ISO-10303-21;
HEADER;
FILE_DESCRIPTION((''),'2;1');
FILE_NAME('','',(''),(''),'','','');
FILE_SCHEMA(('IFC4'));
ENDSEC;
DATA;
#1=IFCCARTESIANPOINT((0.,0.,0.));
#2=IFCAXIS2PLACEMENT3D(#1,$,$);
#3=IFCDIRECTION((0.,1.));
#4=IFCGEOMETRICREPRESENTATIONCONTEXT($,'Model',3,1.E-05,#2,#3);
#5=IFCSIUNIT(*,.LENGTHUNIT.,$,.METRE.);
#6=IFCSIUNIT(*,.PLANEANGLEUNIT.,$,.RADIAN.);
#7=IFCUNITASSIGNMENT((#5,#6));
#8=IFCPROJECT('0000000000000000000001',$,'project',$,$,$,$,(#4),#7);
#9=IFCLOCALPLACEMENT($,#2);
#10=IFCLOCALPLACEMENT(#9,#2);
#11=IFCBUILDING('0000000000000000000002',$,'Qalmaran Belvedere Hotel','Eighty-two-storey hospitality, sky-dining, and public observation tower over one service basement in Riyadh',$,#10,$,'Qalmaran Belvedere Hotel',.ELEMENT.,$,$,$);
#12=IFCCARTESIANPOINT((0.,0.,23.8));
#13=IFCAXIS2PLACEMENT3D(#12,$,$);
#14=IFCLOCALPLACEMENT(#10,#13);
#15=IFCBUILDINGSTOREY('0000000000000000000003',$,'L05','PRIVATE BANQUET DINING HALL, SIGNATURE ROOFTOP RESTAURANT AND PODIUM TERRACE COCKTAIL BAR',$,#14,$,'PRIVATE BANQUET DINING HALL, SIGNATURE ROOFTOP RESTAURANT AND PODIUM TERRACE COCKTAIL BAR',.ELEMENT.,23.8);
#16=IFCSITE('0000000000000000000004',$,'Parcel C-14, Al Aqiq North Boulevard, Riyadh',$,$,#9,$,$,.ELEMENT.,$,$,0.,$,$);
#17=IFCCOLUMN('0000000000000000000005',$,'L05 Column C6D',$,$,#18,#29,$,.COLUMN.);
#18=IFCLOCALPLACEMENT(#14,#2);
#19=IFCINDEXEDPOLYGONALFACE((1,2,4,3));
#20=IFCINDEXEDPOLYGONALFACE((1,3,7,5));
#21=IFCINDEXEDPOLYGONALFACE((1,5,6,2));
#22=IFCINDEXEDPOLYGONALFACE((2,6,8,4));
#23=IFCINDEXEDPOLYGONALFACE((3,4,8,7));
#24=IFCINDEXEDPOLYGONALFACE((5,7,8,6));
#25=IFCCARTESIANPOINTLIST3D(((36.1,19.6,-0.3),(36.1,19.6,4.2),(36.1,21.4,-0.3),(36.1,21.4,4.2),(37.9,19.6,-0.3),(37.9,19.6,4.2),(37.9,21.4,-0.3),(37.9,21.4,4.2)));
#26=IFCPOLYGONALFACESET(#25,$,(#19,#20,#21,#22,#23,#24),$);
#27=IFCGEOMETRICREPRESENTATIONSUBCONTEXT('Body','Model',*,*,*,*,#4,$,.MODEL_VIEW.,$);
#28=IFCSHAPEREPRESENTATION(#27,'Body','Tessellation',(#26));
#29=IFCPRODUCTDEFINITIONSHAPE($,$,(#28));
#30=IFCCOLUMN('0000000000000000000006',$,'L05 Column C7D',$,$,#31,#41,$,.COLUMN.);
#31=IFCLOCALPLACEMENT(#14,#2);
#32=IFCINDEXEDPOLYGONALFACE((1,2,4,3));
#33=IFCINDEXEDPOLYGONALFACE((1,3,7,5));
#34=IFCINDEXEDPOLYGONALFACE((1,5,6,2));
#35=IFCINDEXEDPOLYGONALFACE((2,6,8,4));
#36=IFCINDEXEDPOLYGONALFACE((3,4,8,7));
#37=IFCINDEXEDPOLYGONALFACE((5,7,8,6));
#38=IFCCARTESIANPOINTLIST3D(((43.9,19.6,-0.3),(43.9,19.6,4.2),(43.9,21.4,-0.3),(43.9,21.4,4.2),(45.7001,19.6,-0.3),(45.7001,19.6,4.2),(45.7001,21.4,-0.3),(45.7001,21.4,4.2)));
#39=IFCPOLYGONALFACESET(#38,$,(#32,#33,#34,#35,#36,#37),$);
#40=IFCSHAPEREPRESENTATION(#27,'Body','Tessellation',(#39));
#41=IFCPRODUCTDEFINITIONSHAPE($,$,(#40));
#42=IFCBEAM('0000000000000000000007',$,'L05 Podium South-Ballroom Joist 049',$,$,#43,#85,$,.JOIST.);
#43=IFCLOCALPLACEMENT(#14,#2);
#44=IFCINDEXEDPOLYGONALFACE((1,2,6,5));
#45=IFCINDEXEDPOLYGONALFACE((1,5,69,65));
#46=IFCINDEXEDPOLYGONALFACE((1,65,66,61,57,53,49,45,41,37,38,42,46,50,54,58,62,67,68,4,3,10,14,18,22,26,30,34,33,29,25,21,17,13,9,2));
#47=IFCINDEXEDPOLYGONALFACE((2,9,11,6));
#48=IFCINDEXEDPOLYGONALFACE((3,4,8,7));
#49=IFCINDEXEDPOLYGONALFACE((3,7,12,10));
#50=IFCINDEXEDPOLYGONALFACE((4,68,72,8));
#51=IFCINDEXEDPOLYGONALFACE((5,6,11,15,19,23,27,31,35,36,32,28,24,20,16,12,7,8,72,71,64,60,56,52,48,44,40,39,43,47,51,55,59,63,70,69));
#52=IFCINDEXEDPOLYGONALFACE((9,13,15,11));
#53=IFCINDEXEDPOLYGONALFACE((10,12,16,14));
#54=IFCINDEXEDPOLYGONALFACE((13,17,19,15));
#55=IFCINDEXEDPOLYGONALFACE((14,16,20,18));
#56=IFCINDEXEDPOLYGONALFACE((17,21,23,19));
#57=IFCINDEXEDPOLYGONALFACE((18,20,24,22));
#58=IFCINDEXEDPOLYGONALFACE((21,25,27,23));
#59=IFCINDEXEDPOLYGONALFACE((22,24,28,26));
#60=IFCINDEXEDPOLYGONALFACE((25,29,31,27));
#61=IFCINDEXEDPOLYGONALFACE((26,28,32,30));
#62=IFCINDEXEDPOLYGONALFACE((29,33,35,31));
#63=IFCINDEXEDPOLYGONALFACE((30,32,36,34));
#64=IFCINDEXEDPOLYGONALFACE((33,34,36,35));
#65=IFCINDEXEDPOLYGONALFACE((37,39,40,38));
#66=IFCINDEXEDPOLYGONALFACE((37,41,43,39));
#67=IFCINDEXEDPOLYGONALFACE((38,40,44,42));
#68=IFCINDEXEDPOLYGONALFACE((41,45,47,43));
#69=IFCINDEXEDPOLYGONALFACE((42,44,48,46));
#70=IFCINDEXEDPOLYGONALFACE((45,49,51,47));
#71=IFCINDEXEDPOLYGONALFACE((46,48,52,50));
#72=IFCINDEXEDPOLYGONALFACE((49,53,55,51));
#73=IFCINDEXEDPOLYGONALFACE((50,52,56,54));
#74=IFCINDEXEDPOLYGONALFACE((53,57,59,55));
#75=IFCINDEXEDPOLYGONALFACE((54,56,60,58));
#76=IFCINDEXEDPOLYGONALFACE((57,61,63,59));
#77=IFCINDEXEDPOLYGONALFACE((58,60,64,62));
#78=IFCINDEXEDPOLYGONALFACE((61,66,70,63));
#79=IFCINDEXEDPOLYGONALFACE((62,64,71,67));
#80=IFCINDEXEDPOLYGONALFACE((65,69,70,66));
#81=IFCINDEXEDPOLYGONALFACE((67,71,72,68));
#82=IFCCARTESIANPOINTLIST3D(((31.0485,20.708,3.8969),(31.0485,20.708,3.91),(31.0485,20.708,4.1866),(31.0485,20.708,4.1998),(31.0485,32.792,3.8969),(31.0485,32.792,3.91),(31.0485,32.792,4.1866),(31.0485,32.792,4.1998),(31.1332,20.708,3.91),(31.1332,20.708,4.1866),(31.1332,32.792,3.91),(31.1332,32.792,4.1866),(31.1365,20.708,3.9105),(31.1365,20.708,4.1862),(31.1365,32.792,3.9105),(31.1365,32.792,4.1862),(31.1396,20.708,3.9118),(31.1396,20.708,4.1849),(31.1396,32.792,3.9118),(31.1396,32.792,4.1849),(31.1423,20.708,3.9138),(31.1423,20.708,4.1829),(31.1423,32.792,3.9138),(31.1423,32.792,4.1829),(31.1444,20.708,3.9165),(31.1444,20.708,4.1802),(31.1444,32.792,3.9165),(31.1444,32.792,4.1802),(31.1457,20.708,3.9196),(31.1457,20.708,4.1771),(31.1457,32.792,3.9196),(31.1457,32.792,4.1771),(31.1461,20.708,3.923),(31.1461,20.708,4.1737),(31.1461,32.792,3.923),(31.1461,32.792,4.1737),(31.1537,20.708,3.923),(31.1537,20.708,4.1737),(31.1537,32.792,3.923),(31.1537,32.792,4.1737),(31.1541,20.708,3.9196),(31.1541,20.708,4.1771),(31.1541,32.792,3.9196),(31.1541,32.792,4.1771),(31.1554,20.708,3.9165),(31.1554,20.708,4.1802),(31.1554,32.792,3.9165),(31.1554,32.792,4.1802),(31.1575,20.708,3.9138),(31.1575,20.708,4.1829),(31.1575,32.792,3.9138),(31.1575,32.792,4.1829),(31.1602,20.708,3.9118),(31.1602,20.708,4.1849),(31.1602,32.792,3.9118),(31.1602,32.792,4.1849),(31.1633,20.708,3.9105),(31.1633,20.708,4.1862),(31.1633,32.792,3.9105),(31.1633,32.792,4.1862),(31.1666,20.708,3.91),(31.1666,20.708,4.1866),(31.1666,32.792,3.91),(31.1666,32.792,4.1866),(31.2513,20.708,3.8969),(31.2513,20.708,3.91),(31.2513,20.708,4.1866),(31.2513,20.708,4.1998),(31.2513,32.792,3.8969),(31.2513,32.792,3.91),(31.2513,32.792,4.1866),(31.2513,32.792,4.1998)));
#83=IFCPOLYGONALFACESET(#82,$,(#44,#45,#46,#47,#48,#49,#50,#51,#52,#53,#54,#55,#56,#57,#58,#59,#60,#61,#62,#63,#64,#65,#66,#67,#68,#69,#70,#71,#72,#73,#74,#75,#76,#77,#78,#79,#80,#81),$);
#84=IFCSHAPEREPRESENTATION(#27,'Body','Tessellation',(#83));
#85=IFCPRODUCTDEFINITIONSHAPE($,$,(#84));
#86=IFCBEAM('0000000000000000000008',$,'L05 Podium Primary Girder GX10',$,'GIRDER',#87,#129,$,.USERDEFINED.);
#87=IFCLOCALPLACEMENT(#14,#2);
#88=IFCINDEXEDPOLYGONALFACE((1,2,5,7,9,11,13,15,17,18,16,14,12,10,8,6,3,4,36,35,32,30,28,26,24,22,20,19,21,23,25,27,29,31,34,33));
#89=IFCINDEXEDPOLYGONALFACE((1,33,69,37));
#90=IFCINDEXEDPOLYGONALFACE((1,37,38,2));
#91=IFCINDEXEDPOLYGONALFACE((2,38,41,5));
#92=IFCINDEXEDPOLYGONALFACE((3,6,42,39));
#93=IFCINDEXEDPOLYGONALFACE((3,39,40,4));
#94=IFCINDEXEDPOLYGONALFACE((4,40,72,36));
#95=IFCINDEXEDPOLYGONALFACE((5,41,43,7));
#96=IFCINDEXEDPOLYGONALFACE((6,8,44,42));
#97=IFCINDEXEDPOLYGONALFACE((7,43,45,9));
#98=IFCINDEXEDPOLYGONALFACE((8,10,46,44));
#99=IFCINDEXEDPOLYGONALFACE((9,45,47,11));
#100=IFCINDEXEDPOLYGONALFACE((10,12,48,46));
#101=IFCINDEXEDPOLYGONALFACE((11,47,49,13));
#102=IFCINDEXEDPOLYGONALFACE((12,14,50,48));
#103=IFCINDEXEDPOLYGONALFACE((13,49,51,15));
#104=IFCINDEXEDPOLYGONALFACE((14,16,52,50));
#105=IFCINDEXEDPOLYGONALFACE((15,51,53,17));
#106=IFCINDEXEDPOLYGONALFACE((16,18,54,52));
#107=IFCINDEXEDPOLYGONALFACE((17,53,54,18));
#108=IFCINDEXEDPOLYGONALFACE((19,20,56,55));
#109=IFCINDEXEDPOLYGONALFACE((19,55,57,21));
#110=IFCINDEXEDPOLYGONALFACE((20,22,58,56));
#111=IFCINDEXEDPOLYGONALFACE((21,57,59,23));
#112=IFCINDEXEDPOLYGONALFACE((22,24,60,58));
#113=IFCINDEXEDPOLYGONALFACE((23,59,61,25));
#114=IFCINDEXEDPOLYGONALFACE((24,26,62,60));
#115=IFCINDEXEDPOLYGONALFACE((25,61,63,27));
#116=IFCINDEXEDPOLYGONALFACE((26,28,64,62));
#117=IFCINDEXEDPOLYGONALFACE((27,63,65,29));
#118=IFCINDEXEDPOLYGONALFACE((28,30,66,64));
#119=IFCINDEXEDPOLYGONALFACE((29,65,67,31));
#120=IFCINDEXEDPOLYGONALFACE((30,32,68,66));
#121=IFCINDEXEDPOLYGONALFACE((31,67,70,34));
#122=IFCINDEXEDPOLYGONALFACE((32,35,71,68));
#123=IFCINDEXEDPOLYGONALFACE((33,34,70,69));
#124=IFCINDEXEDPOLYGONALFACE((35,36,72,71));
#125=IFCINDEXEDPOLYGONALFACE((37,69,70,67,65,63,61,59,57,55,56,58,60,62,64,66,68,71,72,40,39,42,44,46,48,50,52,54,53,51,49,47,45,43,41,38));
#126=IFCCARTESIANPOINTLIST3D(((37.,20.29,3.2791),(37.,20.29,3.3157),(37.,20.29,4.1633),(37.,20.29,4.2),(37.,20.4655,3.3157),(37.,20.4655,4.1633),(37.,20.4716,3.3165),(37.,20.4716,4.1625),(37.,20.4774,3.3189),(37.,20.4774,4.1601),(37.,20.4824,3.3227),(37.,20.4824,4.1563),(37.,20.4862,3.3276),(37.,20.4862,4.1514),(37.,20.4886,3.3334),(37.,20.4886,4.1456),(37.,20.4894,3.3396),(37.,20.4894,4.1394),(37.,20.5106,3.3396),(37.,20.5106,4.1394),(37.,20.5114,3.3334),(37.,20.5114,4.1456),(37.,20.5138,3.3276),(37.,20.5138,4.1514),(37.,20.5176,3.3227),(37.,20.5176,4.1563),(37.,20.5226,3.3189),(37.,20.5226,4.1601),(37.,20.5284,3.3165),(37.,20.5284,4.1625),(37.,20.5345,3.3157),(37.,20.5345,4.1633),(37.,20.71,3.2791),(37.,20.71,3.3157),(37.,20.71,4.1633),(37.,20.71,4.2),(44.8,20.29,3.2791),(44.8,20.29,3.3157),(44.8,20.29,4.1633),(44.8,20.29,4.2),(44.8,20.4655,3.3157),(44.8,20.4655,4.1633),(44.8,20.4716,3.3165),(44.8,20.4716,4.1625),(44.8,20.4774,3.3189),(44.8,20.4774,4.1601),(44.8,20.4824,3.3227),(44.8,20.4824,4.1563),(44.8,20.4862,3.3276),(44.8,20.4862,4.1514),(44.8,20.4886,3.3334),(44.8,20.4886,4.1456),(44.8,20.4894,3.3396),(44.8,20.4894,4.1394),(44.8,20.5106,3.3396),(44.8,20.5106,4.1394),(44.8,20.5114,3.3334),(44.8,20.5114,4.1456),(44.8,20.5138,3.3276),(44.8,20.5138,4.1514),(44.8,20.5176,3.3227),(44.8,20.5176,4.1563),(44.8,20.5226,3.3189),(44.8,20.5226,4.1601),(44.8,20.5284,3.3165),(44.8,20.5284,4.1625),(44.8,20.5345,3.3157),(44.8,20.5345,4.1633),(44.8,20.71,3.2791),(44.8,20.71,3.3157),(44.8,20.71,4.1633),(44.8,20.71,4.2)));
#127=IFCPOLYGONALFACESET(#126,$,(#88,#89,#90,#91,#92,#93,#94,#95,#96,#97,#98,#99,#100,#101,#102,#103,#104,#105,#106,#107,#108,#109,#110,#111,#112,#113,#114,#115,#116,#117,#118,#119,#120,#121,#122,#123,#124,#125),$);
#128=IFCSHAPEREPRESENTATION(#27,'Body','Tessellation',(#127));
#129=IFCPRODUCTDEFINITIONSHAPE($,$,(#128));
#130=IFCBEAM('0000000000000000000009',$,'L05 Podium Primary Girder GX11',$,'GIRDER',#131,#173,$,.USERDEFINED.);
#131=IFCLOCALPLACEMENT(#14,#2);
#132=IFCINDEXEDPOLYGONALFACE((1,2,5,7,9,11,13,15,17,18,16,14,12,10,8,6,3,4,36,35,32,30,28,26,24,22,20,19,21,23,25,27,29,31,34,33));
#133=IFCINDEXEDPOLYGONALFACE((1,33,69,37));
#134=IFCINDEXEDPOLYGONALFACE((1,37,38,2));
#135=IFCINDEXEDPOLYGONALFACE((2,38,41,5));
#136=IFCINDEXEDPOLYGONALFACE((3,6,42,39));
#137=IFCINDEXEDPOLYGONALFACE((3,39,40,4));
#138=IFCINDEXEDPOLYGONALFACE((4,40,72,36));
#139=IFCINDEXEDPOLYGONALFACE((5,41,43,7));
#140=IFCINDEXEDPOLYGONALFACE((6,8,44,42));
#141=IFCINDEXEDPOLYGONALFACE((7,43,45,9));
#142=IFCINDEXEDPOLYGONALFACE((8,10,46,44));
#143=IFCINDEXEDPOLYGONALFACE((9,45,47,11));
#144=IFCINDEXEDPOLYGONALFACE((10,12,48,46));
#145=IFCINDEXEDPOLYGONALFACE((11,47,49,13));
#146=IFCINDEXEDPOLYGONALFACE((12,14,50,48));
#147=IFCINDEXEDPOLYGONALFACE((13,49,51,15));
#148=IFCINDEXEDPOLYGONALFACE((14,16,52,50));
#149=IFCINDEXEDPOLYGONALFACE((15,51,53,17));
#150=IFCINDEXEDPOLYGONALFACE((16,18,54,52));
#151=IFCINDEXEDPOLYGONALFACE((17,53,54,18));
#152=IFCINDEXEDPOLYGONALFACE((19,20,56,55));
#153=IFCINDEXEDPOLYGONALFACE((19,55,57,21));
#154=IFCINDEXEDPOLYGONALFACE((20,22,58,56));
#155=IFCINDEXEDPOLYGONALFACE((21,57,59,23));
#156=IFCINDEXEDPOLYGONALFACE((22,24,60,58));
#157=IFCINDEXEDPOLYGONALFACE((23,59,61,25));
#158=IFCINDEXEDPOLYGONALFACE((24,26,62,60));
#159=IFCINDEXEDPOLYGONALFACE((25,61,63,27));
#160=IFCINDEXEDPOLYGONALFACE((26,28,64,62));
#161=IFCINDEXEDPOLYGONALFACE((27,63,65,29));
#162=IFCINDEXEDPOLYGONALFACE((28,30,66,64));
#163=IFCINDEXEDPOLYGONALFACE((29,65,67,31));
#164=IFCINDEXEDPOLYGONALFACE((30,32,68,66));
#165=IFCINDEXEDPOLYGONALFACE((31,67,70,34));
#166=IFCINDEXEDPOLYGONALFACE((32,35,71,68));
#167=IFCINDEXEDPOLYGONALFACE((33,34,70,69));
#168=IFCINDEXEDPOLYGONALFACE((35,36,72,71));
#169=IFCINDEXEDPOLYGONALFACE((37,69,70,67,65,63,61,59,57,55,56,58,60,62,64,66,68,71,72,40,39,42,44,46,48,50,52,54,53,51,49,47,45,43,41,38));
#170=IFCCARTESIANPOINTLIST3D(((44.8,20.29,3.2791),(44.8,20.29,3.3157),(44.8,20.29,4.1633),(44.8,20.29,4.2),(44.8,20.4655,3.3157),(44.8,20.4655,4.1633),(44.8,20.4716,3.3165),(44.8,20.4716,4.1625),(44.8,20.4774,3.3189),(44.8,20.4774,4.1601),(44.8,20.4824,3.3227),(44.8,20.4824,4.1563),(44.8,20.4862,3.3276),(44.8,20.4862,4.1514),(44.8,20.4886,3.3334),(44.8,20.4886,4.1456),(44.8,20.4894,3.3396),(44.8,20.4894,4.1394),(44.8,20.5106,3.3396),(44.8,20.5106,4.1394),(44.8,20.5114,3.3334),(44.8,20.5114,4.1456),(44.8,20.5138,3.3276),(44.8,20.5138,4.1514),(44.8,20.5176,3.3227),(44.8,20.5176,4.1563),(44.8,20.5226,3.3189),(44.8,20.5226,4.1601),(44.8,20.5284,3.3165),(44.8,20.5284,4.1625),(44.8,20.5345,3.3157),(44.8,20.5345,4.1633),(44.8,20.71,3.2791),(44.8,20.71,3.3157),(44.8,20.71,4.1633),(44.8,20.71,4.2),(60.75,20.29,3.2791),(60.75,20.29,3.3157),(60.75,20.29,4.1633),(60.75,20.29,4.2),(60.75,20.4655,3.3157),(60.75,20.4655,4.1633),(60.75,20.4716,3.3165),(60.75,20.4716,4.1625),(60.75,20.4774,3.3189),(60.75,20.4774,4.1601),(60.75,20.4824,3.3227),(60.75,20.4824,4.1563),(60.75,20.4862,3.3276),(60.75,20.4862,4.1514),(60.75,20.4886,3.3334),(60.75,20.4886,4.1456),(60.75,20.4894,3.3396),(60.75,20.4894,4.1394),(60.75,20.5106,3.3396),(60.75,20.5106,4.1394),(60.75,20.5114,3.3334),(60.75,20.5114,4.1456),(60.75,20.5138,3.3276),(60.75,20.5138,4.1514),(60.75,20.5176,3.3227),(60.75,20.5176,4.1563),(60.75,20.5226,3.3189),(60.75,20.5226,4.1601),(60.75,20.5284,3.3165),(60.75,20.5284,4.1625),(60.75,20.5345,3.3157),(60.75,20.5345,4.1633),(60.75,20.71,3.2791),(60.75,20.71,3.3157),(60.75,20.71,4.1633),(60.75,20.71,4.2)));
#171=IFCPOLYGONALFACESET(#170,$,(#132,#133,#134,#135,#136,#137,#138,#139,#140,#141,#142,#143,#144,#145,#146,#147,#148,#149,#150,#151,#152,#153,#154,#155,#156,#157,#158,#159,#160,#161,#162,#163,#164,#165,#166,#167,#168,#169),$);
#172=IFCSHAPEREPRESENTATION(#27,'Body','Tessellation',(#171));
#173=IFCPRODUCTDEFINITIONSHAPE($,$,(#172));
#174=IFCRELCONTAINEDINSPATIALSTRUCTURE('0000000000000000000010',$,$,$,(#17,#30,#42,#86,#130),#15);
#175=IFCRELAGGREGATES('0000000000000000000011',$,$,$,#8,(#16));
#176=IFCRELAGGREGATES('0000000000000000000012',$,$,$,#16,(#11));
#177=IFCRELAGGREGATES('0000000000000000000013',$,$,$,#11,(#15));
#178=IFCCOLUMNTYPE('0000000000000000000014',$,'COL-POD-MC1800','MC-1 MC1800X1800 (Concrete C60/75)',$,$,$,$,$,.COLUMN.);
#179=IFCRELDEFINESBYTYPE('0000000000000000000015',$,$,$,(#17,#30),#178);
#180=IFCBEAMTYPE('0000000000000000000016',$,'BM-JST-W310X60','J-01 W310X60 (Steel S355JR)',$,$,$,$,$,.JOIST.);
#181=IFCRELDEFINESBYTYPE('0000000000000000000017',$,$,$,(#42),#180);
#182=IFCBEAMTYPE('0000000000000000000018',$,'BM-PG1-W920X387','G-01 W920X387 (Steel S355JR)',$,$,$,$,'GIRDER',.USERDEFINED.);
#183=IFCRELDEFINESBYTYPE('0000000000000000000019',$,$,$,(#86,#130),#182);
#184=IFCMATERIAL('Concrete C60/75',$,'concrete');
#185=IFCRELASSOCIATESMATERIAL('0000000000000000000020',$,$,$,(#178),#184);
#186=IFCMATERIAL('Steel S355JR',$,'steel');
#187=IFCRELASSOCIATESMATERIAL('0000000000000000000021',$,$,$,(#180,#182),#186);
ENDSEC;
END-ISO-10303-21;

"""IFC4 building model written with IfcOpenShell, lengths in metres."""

from ifc_helpers import new_model, si_unit, direction, frame, origin, origin_2d, place, context, subcontext, project, spatial, rectangle, i_section, extrude, material, material_profile, profile_set, type_object, element, save


model = new_model("IFC4")

# Units and contexts
model_context = context("Model", 3, precision=1e-05, world=origin(), true_north=direction((0.0, 1.0)))
body_context = subcontext(model_context, "Body", "Model", "MODEL_VIEW")
ifc_project = project(units=[si_unit("LENGTHUNIT", "METRE"), si_unit("PLANEANGLEUNIT", "RADIAN")], contexts=[model_context])

# Site, building, storey
site_placement = place(None, origin())
site = spatial("IfcSite", under=ifc_project, at=site_placement, Name="Parcel C-14, Al Aqiq North Boulevard, Riyadh", CompositionType="ELEMENT", RefElevation=0.0)
building_placement = place(site_placement, origin())
building = spatial("IfcBuilding", under=site, at=building_placement, Name="Qalmaran Belvedere Hotel", Description="Eighty-two-storey hospitality, sky-dining, and public observation tower over one service basement in Riyadh", LongName="Qalmaran Belvedere Hotel", CompositionType="ELEMENT")
storey_placement = place(building_placement, frame((0.0, 0.0, 23.8)))
storey = spatial("IfcBuildingStorey", under=building, at=storey_placement, Name="L05", Description="PRIVATE BANQUET DINING HALL, SIGNATURE ROOFTOP RESTAURANT AND PODIUM TERRACE COCKTAIL BAR", LongName="PRIVATE BANQUET DINING HALL, SIGNATURE ROOFTOP RESTAURANT AND PODIUM TERRACE COCKTAIL BAR", CompositionType="ELEMENT", Elevation=23.8)

# Columns
ifc_material_1 = material(Name="Concrete C60/75", Category="concrete")
ifc_material_profile_1 = material_profile(ifc_material_1, rectangle(XDim=1.8, YDim=1.8, at=origin_2d()), Name="MC1800X1800")
ifc_profile_set_1 = profile_set([ifc_material_profile_1], Name="Concrete C60/75")
column_type = type_object("IfcColumnType", Name="COL-POD-MC1800", Description="MC-1 MC1800X1800 (Concrete C60/75)", PredefinedType="COLUMN", material=ifc_profile_set_1)
for number, where, z_axis, x_axis, name in (
    (1, (37.0, 20.5, -0.3), (0.0, 0.0, 1.0), (1.0, 0.0, 0.0), "L05 Column C6D"),
    (2, (44.8, 20.5, -0.3), (0.0, 0.0, 1.0), (1.0, 0.0, 0.0), "L05 Column C7D"),
):
    element("IfcColumn", number, at=place(storey_placement, frame(where, z_axis=z_axis, x_axis=x_axis)), inside=storey, type_object=column_type, Name=name, PredefinedType="COLUMN", context=body_context, shape_type="SweptSolid", body=[
        extrude(rectangle(XDim=1.8, YDim=1.8, at=origin_2d()), origin(), (0.0, 0.0, 1.0), 4.5),
    ])

# Beams
ifc_material_2 = material(Name="Steel S355JR", Category="steel")
ifc_material_profile_2 = material_profile(ifc_material_2, i_section(OverallWidth=0.2029, OverallDepth=0.303, WebThickness=0.0076, FlangeThickness=0.0132, FilletRadius=0.0129, at=origin_2d()), Name="W310X60")
ifc_profile_set_2 = profile_set([ifc_material_profile_2], Name="Steel S355JR")
beam_type_1 = type_object("IfcBeamType", Name="BM-JST-W310X60", Description="J-01 W310X60 (Steel S355JR)", PredefinedType="JOIST", material=ifc_profile_set_2)
beam_1_placement = place(storey_placement, frame((31.1499, 20.708, 4.0483), z_axis=(0.0, 1.0, 0.0), x_axis=(-1.0, 0.0, 0.0)))
element("IfcBeam", 3, at=beam_1_placement, inside=storey, type_object=beam_type_1, Name="L05 Podium South-Ballroom Joist 049", PredefinedType="JOIST", context=body_context, shape_type="SweptSolid", body=[
    extrude(i_section(OverallWidth=0.2029, OverallDepth=0.303, WebThickness=0.0076, FlangeThickness=0.0132, FilletRadius=0.0129, at=origin_2d()), origin(), (0.0, 0.0, 1.0), 12.084),
])
ifc_material_profile_3 = material_profile(ifc_material_2, i_section(OverallWidth=0.4199, OverallDepth=0.9209, WebThickness=0.0212, FlangeThickness=0.0366, FilletRadius=0.0239, at=origin_2d()), Name="W920X387")
ifc_profile_set_3 = profile_set([ifc_material_profile_3], Name="Steel S355JR")
beam_type_2 = type_object("IfcBeamType", Name="BM-PG1-W920X387", Description="G-01 W920X387 (Steel S355JR)", ElementType="GIRDER", PredefinedType="USERDEFINED", material=ifc_profile_set_3)
beam_2_placement = place(storey_placement, frame((37.0, 20.5, 3.7395), z_axis=(1.0, 0.0, 0.0), x_axis=(0.0, 1.0, 0.0)))
element("IfcBeam", 4, at=beam_2_placement, inside=storey, type_object=beam_type_2, Name="L05 Podium Primary Girder GX10", ObjectType="GIRDER", PredefinedType="USERDEFINED", context=body_context, shape_type="SweptSolid", body=[
    extrude(i_section(OverallWidth=0.4199, OverallDepth=0.9209, WebThickness=0.0212, FlangeThickness=0.0366, FilletRadius=0.0239, at=origin_2d()), origin(), (0.0, 0.0, 1.0), 7.8),
])
beam_3_placement = place(storey_placement, frame((44.8, 20.5, 3.7395), z_axis=(1.0, 0.0, 0.0), x_axis=(0.0, 1.0, 0.0)))
element("IfcBeam", 5, at=beam_3_placement, inside=storey, type_object=beam_type_2, Name="L05 Podium Primary Girder GX11", ObjectType="GIRDER", PredefinedType="USERDEFINED", context=body_context, shape_type="SweptSolid", body=[
    extrude(i_section(OverallWidth=0.4199, OverallDepth=0.9209, WebThickness=0.0212, FlangeThickness=0.0366, FilletRadius=0.0239, at=origin_2d()), origin(), (0.0, 0.0, 1.0), 15.95),
])

save(model, "model.ifc")
